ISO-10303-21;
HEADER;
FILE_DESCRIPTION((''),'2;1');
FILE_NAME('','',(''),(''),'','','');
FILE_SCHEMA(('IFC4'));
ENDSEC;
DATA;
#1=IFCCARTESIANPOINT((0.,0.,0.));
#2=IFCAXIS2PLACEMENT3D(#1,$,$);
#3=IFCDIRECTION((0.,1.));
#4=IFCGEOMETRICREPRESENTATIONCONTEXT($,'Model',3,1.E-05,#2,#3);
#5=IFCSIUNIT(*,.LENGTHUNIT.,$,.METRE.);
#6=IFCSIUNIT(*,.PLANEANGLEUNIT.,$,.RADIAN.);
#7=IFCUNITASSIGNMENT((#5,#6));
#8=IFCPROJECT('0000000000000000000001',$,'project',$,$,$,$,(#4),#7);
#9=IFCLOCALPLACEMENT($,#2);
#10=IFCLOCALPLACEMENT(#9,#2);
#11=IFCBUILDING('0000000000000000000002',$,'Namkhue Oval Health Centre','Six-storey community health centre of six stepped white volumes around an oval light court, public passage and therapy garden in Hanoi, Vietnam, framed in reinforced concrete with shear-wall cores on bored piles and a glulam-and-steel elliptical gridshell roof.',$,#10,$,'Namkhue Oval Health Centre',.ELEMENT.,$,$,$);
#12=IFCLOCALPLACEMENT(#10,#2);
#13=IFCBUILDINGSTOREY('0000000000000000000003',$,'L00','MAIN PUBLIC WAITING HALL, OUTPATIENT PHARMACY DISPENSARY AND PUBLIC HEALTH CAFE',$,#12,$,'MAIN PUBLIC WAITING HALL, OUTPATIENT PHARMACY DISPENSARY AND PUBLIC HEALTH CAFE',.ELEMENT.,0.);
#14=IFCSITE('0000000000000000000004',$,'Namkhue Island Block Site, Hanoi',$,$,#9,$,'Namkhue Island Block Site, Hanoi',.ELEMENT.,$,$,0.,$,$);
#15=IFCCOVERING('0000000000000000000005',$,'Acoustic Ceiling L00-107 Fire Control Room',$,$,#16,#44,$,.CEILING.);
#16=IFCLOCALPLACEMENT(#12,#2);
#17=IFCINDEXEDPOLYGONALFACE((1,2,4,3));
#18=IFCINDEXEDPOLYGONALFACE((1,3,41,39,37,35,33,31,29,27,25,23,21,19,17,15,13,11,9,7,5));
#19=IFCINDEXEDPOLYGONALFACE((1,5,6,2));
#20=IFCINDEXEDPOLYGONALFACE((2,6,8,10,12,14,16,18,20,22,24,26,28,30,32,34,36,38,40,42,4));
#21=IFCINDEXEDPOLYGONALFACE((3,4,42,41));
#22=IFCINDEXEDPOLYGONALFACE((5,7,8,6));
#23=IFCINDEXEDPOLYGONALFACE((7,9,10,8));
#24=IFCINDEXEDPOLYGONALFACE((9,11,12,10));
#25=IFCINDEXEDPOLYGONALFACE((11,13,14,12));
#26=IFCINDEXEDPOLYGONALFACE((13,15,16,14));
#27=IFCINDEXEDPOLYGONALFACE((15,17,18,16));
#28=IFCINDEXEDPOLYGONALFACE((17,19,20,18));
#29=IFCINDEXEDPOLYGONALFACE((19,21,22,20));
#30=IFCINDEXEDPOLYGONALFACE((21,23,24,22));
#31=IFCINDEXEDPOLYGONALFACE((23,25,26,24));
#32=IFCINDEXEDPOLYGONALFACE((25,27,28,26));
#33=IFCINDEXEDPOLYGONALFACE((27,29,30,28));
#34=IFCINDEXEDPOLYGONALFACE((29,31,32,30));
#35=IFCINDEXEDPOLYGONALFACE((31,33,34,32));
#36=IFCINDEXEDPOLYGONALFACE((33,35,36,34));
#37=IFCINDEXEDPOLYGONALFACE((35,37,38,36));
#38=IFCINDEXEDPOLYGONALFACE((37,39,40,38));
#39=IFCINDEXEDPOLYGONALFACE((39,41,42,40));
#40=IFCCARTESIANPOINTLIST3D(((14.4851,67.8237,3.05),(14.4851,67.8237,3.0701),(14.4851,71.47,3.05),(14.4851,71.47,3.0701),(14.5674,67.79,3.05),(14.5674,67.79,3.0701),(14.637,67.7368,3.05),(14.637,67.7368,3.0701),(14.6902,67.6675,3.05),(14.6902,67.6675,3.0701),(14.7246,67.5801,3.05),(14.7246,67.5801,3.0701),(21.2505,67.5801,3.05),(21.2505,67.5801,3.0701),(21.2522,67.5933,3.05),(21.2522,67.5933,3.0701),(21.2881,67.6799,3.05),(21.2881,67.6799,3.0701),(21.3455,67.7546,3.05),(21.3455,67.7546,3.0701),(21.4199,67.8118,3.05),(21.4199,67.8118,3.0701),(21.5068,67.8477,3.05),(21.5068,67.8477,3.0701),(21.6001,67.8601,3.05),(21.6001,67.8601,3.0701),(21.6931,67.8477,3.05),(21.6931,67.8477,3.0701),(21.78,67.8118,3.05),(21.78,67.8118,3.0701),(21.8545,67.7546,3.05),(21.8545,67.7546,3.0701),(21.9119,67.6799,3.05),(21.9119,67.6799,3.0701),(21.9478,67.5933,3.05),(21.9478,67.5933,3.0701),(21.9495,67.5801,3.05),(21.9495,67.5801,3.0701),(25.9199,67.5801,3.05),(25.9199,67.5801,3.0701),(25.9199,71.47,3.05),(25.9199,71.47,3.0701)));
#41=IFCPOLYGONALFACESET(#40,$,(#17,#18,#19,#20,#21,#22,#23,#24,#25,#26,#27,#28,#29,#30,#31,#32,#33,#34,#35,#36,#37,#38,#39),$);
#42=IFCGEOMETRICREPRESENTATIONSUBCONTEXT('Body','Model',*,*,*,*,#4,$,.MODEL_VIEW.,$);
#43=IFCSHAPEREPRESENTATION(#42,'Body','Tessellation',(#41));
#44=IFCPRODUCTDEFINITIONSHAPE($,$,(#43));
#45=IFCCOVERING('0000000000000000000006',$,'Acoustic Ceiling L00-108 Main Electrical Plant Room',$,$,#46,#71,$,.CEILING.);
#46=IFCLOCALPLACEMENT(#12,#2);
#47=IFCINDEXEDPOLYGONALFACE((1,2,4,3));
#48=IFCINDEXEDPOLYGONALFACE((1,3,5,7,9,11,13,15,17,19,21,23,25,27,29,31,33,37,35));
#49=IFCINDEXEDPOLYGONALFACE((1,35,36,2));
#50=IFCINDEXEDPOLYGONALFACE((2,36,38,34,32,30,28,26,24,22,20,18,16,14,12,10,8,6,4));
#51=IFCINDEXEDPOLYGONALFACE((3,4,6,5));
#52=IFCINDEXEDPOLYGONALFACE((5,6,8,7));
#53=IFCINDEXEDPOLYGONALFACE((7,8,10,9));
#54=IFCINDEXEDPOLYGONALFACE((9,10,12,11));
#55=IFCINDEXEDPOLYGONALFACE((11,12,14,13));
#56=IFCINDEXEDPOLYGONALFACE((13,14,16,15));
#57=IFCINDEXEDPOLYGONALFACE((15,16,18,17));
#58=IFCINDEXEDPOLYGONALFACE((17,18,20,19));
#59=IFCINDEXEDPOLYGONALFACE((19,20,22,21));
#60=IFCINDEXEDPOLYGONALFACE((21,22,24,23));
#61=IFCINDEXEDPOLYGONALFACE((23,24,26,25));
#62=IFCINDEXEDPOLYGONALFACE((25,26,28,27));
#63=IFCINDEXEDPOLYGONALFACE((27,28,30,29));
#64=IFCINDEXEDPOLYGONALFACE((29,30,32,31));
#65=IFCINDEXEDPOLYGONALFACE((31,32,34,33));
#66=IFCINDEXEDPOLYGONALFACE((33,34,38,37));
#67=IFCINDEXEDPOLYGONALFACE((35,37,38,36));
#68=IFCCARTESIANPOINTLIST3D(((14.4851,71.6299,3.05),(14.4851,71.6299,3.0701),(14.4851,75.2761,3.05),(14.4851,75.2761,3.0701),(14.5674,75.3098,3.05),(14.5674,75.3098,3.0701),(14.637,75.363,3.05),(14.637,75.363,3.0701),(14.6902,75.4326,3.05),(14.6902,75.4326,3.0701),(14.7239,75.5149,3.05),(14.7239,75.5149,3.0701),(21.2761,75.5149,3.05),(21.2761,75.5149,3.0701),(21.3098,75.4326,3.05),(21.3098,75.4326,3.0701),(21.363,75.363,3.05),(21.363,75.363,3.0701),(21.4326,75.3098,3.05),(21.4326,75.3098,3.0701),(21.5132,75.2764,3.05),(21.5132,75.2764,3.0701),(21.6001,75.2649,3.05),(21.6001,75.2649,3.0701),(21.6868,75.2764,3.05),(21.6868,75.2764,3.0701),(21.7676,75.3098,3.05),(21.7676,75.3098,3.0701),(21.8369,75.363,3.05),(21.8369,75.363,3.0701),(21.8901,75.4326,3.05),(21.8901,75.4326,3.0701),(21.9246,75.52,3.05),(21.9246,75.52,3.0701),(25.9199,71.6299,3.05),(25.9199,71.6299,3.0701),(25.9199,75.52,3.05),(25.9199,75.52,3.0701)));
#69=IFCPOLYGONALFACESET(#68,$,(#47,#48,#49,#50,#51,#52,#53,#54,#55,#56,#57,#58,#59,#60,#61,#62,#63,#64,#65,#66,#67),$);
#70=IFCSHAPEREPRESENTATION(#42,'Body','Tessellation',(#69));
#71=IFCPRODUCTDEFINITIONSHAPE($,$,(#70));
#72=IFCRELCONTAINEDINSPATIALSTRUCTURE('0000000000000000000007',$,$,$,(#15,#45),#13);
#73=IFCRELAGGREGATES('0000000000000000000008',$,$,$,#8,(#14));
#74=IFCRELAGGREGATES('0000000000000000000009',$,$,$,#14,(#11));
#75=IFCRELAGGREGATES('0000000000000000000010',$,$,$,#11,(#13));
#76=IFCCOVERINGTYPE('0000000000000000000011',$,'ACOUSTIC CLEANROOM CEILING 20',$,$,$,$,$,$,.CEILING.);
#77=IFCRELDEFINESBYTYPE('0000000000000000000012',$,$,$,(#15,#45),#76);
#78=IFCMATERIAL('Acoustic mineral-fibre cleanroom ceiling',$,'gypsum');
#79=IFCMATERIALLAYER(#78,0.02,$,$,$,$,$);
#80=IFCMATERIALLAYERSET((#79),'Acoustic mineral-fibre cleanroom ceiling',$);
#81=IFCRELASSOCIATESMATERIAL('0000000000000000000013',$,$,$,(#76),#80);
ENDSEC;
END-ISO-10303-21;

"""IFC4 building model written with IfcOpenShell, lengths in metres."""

from ifc_helpers import new_model, si_unit, direction, frame, origin, place, context, subcontext, project, spatial, polyline, outline, extrude, material, layer, layer_set, type_object, element, save


model = new_model("IFC4")

# Units and contexts
model_context = context("Model", 3, precision=1e-05, world=origin(), true_north=direction((0.0, 1.0)))
body_context = subcontext(model_context, "Body", "Model", "MODEL_VIEW")
ifc_project = project(units=[si_unit("LENGTHUNIT", "METRE"), si_unit("PLANEANGLEUNIT", "RADIAN")], contexts=[model_context])

# Site, building, storey
site_placement = place(None, origin())
site = spatial("IfcSite", under=ifc_project, at=site_placement, Name="Namkhue Island Block Site, Hanoi", LongName="Namkhue Island Block Site, Hanoi", CompositionType="ELEMENT", RefElevation=0.0)
building_placement = place(site_placement, origin())
building = spatial("IfcBuilding", under=site, at=building_placement, Name="Namkhue Oval Health Centre", Description="Six-storey community health centre of six stepped white volumes around an oval light court, public passage and therapy garden in Hanoi, Vietnam, framed in reinforced concrete with shear-wall cores on bored piles and a glulam-and-steel elliptical gridshell roof.", LongName="Namkhue Oval Health Centre", CompositionType="ELEMENT")
storey_placement = place(building_placement, origin())
storey = spatial("IfcBuildingStorey", under=building, at=storey_placement, Name="L00", Description="MAIN PUBLIC WAITING HALL, OUTPATIENT PHARMACY DISPENSARY AND PUBLIC HEALTH CAFE", LongName="MAIN PUBLIC WAITING HALL, OUTPATIENT PHARMACY DISPENSARY AND PUBLIC HEALTH CAFE", CompositionType="ELEMENT", Elevation=0.0)

# Coverings
ifc_material = material(Name="Acoustic mineral-fibre cleanroom ceiling", Category="gypsum")
ifc_layer = layer(ifc_material, 0.02)
ifc_layer_set = layer_set([ifc_layer], Name="Acoustic mineral-fibre cleanroom ceiling")
covering_type = type_object("IfcCoveringType", Name="ACOUSTIC CLEANROOM CEILING 20", PredefinedType="CEILING", material=ifc_layer_set)
covering_1_placement = place(storey_placement, frame((0.0, 0.0, 3.05)))
element("IfcCovering", 1, at=covering_1_placement, inside=storey, type_object=covering_type, Name="Acoustic Ceiling L00-107 Fire Control Room", PredefinedType="CEILING", context=body_context, shape_type="SweptSolid", body=[
    extrude(outline(polyline([(21.9495, 67.5801), (21.9478, 67.5933), (21.9119, 67.6799), (21.8545, 67.7546), (21.78, 67.8118), (21.6931, 67.8477), (21.6001, 67.8601), (21.5068, 67.8477), (21.4199, 67.8118), (21.3455, 67.7546), (21.2881, 67.6799), (21.2522, 67.5933), (21.2505, 67.5801), (14.7246, 67.5801), (14.6902, 67.6675), (14.637, 67.7368), (14.5674, 67.79), (14.4851, 67.8237), (14.4851, 71.47), (25.9199, 71.47), (25.9199, 67.5801), (21.9495, 67.5801)])), origin(), (0.0, 0.0, 1.0), 0.02),
])
covering_2_placement = place(storey_placement, frame((0.0, 0.0, 3.05)))
element("IfcCovering", 2, at=covering_2_placement, inside=storey, type_object=covering_type, Name="Acoustic Ceiling L00-108 Main Electrical Plant Room", PredefinedType="CEILING", context=body_context, shape_type="SweptSolid", body=[
    extrude(outline(polyline([(14.4851, 71.6299), (14.4851, 75.2761), (14.5674, 75.3098), (14.637, 75.363), (14.6902, 75.4326), (14.7239, 75.5149), (21.2761, 75.5149), (21.3098, 75.4326), (21.363, 75.363), (21.4326, 75.3098), (21.5132, 75.2764), (21.6001, 75.2649), (21.6868, 75.2764), (21.7676, 75.3098), (21.8369, 75.363), (21.8901, 75.4326), (21.9246, 75.52), (25.9199, 75.52), (25.9199, 71.6299), (14.4851, 71.6299)])), origin(), (0.0, 0.0, 1.0), 0.02),
])

save(model, "model.ifc")
